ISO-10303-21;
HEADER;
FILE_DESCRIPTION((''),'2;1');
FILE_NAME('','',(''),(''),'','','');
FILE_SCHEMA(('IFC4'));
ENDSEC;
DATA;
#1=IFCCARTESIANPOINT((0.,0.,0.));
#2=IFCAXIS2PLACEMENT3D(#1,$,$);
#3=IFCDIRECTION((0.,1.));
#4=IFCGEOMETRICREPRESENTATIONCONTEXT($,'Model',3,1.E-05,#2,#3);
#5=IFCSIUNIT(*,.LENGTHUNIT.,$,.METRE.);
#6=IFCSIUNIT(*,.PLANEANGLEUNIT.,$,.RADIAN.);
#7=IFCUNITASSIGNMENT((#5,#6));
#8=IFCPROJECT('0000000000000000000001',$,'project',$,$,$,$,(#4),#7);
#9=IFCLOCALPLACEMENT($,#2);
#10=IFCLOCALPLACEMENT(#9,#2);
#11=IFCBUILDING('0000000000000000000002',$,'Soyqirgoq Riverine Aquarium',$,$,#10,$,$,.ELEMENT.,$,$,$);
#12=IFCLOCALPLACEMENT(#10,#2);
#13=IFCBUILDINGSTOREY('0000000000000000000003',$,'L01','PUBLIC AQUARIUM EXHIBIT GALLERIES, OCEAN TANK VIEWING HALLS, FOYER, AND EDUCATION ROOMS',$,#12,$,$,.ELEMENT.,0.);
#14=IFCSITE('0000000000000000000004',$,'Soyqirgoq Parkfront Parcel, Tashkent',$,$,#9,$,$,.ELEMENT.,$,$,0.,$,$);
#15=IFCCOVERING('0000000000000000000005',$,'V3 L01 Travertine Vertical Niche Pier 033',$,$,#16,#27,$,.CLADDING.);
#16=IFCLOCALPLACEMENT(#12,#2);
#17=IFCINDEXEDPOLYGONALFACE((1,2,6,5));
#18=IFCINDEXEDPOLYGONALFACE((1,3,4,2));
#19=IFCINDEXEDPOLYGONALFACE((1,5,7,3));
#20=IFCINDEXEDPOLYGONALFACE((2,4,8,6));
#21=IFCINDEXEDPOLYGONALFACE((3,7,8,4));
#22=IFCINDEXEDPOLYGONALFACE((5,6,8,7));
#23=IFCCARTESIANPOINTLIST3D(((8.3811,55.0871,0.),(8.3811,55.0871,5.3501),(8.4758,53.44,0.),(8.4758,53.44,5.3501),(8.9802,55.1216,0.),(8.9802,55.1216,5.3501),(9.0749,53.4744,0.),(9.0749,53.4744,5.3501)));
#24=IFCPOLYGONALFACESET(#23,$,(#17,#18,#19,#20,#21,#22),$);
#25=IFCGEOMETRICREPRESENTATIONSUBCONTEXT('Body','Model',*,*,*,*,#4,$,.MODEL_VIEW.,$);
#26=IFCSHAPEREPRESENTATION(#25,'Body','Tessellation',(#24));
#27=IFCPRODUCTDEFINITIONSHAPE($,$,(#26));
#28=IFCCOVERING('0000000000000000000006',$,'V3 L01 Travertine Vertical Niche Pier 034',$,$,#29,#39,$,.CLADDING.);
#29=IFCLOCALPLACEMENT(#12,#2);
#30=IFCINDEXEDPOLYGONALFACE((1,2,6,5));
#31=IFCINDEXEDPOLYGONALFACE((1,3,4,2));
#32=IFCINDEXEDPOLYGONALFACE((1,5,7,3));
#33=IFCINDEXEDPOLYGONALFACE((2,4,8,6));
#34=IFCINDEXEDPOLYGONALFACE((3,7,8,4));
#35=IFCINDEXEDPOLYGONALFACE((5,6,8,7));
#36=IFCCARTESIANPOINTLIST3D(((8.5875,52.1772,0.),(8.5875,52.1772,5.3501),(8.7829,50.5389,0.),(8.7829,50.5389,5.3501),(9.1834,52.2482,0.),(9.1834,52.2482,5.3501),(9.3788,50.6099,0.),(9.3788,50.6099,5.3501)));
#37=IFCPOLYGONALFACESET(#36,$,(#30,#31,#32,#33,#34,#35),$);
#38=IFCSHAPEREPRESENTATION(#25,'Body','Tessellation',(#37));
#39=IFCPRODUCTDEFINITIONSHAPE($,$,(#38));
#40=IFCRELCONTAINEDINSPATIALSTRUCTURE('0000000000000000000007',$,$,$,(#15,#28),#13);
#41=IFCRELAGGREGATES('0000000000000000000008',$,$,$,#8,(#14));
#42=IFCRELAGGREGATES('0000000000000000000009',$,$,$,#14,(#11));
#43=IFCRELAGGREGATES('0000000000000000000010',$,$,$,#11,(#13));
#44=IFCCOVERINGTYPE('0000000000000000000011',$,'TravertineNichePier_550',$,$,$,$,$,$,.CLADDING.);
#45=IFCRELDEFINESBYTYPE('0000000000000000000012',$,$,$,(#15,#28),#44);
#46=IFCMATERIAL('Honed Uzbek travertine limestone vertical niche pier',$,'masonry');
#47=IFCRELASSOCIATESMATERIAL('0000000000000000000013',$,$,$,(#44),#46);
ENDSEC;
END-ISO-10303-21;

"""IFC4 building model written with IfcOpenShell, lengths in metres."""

from ifc_helpers import new_model, si_unit, direction, frame, origin, origin_2d, place, context, subcontext, project, spatial, rectangle, extrude, material, type_object, element, save


model = new_model("IFC4")

# Units and contexts
model_context = context("Model", 3, precision=1e-05, world=origin(), true_north=direction((0.0, 1.0)))
body_context = subcontext(model_context, "Body", "Model", "MODEL_VIEW")
ifc_project = project(units=[si_unit("LENGTHUNIT", "METRE"), si_unit("PLANEANGLEUNIT", "RADIAN")], contexts=[model_context])

# Site, building, storey
site_placement = place(None, origin())
site = spatial("IfcSite", under=ifc_project, at=site_placement, Name="Soyqirgoq Parkfront Parcel, Tashkent", CompositionType="ELEMENT", RefElevation=0.0)
building_placement = place(site_placement, origin())
building = spatial("IfcBuilding", under=site, at=building_placement, Name="Soyqirgoq Riverine Aquarium", CompositionType="ELEMENT")
storey_placement = place(building_placement, origin())
storey = spatial("IfcBuildingStorey", under=building, at=storey_placement, Name="L01", Description="PUBLIC AQUARIUM EXHIBIT GALLERIES, OCEAN TANK VIEWING HALLS, FOYER, AND EDUCATION ROOMS", CompositionType="ELEMENT", Elevation=0.0)

# Coverings
ifc_material_1 = material(Name="Honed Uzbek travertine limestone vertical niche pier", Category="masonry")
covering_type = type_object("IfcCoveringType", Name="TravertineNichePier_550", PredefinedType="CLADDING", material=ifc_material_1)
for number, where, z_axis, x_axis, name in (
    (1, (8.728, 54.2808, 0.0), (0.0, 0.0, 1.0), (-0.998352, -0.05739, 0.0), "V3 L01 Travertine Vertical Niche Pier 033"),
    (2, (8.9832, 51.3936, 0.0), (0.0, 0.0, 1.0), (-0.992966, -0.118404, 0.0), "V3 L01 Travertine Vertical Niche Pier 034"),
):
    element("IfcCovering", number, at=place(storey_placement, frame(where, z_axis=z_axis, x_axis=x_axis)), inside=storey, type_object=covering_type, Name=name, PredefinedType="CLADDING", context=body_context, shape_type="SweptSolid", body=[
        extrude(rectangle(XDim=0.6001, YDim=1.6499, at=origin_2d()), origin(), (0.0, 0.0, 1.0), 5.3501),
    ])

save(model, "model.ifc")
